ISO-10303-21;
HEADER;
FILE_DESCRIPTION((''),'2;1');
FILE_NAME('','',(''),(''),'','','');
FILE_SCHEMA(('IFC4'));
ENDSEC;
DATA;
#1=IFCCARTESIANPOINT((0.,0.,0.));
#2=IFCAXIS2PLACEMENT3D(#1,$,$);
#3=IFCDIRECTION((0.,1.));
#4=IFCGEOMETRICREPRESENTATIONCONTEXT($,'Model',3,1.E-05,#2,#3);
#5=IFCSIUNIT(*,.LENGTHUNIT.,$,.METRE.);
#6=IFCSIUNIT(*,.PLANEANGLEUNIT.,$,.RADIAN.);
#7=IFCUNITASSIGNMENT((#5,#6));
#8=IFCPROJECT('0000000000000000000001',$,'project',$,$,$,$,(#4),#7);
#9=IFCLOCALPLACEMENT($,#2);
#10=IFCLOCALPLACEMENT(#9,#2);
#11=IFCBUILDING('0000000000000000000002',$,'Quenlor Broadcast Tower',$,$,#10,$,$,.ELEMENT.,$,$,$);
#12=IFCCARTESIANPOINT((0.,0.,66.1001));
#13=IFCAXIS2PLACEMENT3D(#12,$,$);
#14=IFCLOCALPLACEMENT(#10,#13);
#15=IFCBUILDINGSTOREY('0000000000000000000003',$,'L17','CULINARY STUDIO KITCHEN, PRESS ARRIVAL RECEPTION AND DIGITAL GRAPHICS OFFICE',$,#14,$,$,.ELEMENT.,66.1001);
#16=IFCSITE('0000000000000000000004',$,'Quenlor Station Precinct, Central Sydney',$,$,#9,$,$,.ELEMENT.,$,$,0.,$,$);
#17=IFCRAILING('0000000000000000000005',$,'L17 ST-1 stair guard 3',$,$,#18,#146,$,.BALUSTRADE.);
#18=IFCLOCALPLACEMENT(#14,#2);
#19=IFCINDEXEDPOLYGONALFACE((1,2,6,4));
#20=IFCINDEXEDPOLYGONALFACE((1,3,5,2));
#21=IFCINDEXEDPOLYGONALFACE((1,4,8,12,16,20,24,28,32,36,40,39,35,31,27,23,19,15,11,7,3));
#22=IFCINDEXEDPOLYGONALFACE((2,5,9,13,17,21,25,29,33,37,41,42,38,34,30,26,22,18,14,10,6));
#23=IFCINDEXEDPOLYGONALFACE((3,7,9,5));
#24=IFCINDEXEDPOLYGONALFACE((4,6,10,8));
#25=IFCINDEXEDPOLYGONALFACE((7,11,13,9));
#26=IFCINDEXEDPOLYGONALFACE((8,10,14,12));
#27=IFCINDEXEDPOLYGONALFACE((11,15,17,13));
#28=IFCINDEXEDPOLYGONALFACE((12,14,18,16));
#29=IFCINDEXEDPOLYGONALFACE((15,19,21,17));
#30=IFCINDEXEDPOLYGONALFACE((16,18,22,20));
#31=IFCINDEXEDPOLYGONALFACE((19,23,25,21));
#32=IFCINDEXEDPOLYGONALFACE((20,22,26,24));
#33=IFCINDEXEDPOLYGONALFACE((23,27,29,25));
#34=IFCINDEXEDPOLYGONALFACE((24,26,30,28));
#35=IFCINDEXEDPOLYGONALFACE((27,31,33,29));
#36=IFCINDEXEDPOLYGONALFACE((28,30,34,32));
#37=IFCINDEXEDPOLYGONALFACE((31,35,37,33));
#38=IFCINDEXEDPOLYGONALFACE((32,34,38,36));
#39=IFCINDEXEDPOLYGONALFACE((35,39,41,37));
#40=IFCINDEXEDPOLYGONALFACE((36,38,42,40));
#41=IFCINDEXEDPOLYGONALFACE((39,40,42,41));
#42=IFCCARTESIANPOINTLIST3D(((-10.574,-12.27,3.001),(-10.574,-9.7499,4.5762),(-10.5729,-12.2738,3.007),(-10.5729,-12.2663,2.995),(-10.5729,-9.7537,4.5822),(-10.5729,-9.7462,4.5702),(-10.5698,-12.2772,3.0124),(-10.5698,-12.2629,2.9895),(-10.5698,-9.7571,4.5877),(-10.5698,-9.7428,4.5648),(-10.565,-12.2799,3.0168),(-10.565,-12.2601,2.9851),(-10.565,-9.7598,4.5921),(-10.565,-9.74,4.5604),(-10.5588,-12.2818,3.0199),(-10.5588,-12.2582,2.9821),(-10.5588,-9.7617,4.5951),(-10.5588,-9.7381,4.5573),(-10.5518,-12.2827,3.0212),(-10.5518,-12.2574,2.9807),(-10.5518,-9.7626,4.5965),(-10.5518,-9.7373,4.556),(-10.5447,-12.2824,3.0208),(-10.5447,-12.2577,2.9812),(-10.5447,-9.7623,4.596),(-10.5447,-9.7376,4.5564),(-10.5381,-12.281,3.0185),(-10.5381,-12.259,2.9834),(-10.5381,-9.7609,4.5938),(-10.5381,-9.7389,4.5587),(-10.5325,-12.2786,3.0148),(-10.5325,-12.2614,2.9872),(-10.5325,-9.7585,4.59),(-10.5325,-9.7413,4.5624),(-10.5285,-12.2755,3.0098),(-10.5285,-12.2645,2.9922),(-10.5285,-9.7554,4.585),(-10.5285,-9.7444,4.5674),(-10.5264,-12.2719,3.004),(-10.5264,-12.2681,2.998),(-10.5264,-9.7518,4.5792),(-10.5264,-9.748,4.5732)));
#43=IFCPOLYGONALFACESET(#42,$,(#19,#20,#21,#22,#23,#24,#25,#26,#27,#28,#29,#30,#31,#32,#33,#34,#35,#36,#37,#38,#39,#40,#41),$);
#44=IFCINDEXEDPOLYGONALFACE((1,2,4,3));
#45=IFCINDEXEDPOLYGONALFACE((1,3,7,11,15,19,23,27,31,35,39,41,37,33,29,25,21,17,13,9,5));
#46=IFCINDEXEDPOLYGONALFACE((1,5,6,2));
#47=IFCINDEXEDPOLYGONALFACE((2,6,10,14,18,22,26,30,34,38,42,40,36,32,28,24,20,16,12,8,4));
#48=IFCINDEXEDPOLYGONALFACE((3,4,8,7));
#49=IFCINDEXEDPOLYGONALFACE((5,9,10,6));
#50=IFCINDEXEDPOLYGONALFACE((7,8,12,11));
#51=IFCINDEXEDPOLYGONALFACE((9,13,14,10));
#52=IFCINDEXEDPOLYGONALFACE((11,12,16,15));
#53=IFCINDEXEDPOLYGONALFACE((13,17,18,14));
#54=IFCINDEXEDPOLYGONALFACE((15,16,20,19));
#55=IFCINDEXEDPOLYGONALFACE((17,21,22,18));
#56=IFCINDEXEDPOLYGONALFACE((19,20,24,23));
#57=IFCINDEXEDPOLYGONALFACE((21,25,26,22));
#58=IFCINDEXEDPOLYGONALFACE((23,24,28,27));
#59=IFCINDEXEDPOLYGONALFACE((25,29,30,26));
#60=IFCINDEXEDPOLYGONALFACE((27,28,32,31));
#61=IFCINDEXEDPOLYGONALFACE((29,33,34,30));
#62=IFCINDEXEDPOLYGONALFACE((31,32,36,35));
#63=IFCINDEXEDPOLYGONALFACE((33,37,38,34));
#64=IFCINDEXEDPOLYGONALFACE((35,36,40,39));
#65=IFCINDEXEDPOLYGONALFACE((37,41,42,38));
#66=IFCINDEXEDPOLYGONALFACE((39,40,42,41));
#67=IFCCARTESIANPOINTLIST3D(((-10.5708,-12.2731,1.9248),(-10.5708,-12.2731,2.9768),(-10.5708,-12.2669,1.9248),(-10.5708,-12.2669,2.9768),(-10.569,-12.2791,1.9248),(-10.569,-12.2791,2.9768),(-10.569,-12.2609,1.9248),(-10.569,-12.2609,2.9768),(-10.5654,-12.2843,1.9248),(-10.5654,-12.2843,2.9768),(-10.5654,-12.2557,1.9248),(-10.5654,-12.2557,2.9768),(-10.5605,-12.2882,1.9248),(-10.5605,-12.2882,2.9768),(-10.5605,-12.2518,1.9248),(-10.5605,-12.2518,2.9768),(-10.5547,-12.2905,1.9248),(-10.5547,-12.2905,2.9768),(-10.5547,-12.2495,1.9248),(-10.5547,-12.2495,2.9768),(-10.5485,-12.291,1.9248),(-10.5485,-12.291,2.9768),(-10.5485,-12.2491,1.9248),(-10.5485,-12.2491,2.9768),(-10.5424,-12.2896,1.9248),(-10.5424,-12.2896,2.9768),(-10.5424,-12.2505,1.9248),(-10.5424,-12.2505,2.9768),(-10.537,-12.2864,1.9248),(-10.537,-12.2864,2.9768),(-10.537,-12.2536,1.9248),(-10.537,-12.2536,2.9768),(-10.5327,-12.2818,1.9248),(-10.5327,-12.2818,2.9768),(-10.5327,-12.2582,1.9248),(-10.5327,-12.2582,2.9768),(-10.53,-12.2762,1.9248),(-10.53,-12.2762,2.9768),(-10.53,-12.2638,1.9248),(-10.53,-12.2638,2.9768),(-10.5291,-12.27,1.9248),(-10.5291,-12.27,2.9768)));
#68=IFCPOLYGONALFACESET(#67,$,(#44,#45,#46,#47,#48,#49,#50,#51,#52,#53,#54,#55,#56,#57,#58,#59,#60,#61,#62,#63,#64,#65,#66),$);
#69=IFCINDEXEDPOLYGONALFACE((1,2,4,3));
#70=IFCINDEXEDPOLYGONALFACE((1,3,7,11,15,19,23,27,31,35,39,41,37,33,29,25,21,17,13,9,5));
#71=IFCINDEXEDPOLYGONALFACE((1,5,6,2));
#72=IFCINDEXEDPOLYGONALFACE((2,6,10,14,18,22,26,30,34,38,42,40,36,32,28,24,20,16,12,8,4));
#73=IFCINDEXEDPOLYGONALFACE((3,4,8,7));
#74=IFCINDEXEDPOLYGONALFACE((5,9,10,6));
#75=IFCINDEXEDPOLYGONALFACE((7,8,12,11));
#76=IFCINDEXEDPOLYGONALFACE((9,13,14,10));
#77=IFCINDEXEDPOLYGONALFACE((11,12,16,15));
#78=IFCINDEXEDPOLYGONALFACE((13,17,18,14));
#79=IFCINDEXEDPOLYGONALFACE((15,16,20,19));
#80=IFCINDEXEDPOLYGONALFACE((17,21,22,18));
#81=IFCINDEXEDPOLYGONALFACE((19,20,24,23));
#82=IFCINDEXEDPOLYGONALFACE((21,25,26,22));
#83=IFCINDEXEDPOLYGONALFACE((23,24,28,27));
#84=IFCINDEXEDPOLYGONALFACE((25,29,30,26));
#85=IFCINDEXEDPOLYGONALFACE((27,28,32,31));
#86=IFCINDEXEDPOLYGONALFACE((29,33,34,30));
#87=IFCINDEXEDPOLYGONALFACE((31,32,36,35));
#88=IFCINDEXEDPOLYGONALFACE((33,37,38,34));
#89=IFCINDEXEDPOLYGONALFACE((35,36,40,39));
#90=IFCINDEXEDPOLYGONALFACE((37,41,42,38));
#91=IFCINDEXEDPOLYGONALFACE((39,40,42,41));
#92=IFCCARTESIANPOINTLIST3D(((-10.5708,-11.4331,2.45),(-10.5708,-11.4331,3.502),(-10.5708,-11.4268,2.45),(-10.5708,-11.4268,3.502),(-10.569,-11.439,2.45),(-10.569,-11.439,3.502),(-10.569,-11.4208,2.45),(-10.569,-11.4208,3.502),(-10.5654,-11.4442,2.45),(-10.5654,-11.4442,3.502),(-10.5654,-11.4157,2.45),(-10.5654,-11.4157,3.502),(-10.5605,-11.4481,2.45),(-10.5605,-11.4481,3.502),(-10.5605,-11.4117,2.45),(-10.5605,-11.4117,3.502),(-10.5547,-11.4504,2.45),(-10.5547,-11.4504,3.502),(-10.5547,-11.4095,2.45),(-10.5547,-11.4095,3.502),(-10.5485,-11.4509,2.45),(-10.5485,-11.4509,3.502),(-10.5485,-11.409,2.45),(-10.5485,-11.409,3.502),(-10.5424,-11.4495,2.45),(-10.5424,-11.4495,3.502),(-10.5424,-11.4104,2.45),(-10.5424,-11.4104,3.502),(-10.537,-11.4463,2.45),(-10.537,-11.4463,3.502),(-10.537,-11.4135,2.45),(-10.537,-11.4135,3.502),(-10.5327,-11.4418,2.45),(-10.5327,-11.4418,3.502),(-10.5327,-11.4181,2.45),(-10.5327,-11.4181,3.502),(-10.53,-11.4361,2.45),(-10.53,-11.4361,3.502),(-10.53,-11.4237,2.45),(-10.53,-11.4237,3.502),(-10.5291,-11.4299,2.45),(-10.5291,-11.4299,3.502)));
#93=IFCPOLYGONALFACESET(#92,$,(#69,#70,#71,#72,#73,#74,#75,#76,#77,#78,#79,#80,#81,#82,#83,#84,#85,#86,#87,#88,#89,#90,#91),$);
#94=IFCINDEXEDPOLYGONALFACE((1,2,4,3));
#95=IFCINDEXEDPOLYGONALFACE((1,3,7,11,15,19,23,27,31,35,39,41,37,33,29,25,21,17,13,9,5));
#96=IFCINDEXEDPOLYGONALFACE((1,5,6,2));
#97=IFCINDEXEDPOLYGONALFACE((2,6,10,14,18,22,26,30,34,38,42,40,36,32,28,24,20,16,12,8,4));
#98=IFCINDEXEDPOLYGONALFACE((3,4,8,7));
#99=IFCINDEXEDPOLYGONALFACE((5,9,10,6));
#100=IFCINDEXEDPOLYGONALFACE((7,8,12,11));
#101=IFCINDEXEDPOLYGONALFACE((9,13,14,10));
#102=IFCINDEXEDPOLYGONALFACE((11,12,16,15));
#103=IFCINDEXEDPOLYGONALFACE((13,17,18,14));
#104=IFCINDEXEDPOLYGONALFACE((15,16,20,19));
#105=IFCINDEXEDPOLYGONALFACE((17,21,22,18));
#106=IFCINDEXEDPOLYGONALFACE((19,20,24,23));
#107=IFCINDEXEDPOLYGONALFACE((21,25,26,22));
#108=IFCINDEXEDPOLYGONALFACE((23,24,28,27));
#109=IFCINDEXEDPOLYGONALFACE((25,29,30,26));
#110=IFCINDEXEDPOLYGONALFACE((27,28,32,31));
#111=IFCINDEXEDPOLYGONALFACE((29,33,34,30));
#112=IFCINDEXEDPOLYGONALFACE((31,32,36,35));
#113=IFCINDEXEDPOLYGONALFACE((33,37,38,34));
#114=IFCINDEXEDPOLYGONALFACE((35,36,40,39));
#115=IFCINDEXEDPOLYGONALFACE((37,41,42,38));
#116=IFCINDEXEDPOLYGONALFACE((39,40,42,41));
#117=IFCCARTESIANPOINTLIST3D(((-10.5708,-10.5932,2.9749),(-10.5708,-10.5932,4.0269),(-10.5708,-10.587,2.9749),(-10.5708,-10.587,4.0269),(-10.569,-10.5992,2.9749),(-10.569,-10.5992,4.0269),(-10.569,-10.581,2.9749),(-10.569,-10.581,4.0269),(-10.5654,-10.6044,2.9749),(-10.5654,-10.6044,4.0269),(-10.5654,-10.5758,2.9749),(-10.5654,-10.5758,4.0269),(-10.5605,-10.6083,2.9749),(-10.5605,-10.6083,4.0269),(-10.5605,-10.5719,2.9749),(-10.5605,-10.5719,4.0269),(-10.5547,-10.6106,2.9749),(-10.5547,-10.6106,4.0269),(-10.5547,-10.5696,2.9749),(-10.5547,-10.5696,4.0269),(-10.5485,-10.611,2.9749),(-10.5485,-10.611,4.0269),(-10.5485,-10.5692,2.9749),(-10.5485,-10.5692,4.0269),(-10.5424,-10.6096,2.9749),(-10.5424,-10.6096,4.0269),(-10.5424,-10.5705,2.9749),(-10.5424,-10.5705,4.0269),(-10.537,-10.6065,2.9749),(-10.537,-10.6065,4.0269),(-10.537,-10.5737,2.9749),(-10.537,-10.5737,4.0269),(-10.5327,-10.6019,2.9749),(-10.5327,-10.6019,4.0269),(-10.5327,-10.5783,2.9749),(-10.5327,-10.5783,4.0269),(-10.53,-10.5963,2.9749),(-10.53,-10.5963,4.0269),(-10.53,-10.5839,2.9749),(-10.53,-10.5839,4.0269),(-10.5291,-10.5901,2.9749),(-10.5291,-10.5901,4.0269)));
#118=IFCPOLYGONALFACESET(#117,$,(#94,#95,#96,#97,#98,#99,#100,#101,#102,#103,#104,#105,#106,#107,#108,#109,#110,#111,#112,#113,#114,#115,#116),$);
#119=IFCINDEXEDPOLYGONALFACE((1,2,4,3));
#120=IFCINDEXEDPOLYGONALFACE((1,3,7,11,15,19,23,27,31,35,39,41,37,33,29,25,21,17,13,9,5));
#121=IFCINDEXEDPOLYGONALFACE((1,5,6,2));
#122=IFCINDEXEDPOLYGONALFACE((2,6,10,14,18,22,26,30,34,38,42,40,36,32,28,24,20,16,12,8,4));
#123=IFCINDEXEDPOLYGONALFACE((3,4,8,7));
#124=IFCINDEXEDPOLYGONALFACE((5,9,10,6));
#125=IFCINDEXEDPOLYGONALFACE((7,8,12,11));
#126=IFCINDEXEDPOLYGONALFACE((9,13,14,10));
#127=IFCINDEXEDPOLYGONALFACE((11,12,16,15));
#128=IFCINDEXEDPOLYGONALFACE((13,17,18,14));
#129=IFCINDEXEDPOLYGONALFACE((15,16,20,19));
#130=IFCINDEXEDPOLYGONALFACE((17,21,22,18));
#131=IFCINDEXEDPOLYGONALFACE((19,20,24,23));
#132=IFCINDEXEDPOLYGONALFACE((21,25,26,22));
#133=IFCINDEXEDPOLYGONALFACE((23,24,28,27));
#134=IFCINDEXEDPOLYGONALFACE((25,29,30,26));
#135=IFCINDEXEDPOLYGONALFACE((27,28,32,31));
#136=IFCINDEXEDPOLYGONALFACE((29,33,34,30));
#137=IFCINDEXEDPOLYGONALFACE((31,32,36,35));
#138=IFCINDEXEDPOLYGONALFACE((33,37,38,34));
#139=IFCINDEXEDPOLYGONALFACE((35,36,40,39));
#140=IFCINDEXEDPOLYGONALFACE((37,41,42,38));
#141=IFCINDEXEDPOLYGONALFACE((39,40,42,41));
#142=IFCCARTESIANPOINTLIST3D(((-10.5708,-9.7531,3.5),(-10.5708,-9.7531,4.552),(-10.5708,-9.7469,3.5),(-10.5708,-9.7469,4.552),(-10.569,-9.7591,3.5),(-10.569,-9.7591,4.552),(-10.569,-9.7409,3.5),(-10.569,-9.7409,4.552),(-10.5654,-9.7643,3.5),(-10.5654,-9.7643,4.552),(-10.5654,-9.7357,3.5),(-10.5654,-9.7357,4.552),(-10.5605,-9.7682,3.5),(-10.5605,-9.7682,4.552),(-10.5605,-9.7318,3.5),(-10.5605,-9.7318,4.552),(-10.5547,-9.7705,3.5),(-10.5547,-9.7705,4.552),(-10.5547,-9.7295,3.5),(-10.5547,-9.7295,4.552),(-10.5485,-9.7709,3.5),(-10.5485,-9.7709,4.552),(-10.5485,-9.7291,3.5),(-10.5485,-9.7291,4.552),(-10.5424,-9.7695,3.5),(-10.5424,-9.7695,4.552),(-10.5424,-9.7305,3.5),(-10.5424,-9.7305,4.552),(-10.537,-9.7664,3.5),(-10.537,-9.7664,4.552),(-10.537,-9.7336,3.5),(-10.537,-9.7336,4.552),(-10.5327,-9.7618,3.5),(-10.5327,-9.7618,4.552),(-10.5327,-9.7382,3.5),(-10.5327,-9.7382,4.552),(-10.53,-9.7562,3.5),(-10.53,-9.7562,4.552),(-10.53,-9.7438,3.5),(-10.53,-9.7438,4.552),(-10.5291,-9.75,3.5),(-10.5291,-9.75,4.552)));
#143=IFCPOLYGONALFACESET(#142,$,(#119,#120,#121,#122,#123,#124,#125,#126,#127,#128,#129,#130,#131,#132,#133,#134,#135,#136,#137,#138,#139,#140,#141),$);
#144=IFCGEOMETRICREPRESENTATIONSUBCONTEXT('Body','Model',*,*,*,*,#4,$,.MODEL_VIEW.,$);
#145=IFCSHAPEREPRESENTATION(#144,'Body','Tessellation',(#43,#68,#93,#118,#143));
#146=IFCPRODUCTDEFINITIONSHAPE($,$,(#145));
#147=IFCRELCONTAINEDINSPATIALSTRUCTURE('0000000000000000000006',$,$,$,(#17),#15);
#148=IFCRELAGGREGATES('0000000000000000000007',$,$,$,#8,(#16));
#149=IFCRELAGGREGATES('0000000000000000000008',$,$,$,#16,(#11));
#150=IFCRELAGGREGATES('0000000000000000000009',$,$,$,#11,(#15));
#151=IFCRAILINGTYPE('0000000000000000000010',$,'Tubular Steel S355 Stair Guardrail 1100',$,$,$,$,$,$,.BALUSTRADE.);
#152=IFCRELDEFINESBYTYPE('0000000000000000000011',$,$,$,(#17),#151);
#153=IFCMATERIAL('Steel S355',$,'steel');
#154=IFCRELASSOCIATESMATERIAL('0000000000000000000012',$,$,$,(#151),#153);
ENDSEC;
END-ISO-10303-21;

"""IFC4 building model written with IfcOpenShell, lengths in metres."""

from ifc_helpers import new_model, si_unit, direction, frame, origin, origin_2d, place, context, subcontext, project, spatial, circle, extrude, material, type_object, element, save


model = new_model("IFC4")

# Units and contexts
model_context = context("Model", 3, precision=1e-05, world=origin(), true_north=direction((0.0, 1.0)))
body_context = subcontext(model_context, "Body", "Model", "MODEL_VIEW")
ifc_project = project(units=[si_unit("LENGTHUNIT", "METRE"), si_unit("PLANEANGLEUNIT", "RADIAN")], contexts=[model_context])

# Site, building, storey
site_placement = place(None, origin())
site = spatial("IfcSite", under=ifc_project, at=site_placement, Name="Quenlor Station Precinct, Central Sydney", CompositionType="ELEMENT", RefElevation=0.0)
building_placement = place(site_placement, origin())
building = spatial("IfcBuilding", under=site, at=building_placement, Name="Quenlor Broadcast Tower", CompositionType="ELEMENT")
storey_placement = place(building_placement, frame((0.0, 0.0, 66.1001)))
storey = spatial("IfcBuildingStorey", under=building, at=storey_placement, Name="L17", Description="CULINARY STUDIO KITCHEN, PRESS ARRIVAL RECEPTION AND DIGITAL GRAPHICS OFFICE", CompositionType="ELEMENT", Elevation=66.1001)

# Railing
ifc_material_1 = material(Name="Steel S355", Category="steel")
railing_type_1 = type_object("IfcRailingType", Name="Tubular Steel S355 Stair Guardrail 1100", PredefinedType="BALUSTRADE", material=ifc_material_1)
railing_1_placement = place(storey_placement, frame((-10.55, -12.27, 1.9248)))
element("IfcRailing", 1, at=railing_1_placement, inside=storey, type_object=railing_type_1, Name="L17 ST-1 stair guard 3", PredefinedType="BALUSTRADE", context=body_context, shape_type="SweptSolid", body=[
    extrude(circle(Radius=0.0239, at=origin_2d()), frame((0.0, 0.0, 1.0762), z_axis=(0.0, 0.847971, 0.530043), x_axis=(-1.0, 0.0, 0.0)), (0.0, 0.0, 1.0), 2.9719),
    extrude(circle(Radius=0.021, at=origin_2d()), origin(), (0.0, 0.0, 1.0), 1.052),
    extrude(circle(Radius=0.021, at=origin_2d()), frame((0.0, 0.8401, 0.5251)), (0.0, 0.0, 1.0), 1.052),
    extrude(circle(Radius=0.021, at=origin_2d()), frame((0.0, 1.6799, 1.05)), (0.0, 0.0, 1.0), 1.052),
    extrude(circle(Radius=0.021, at=origin_2d()), frame((0.0, 2.52, 1.5752)), (0.0, 0.0, 1.0), 1.052),
])

save(model, "model.ifc")
